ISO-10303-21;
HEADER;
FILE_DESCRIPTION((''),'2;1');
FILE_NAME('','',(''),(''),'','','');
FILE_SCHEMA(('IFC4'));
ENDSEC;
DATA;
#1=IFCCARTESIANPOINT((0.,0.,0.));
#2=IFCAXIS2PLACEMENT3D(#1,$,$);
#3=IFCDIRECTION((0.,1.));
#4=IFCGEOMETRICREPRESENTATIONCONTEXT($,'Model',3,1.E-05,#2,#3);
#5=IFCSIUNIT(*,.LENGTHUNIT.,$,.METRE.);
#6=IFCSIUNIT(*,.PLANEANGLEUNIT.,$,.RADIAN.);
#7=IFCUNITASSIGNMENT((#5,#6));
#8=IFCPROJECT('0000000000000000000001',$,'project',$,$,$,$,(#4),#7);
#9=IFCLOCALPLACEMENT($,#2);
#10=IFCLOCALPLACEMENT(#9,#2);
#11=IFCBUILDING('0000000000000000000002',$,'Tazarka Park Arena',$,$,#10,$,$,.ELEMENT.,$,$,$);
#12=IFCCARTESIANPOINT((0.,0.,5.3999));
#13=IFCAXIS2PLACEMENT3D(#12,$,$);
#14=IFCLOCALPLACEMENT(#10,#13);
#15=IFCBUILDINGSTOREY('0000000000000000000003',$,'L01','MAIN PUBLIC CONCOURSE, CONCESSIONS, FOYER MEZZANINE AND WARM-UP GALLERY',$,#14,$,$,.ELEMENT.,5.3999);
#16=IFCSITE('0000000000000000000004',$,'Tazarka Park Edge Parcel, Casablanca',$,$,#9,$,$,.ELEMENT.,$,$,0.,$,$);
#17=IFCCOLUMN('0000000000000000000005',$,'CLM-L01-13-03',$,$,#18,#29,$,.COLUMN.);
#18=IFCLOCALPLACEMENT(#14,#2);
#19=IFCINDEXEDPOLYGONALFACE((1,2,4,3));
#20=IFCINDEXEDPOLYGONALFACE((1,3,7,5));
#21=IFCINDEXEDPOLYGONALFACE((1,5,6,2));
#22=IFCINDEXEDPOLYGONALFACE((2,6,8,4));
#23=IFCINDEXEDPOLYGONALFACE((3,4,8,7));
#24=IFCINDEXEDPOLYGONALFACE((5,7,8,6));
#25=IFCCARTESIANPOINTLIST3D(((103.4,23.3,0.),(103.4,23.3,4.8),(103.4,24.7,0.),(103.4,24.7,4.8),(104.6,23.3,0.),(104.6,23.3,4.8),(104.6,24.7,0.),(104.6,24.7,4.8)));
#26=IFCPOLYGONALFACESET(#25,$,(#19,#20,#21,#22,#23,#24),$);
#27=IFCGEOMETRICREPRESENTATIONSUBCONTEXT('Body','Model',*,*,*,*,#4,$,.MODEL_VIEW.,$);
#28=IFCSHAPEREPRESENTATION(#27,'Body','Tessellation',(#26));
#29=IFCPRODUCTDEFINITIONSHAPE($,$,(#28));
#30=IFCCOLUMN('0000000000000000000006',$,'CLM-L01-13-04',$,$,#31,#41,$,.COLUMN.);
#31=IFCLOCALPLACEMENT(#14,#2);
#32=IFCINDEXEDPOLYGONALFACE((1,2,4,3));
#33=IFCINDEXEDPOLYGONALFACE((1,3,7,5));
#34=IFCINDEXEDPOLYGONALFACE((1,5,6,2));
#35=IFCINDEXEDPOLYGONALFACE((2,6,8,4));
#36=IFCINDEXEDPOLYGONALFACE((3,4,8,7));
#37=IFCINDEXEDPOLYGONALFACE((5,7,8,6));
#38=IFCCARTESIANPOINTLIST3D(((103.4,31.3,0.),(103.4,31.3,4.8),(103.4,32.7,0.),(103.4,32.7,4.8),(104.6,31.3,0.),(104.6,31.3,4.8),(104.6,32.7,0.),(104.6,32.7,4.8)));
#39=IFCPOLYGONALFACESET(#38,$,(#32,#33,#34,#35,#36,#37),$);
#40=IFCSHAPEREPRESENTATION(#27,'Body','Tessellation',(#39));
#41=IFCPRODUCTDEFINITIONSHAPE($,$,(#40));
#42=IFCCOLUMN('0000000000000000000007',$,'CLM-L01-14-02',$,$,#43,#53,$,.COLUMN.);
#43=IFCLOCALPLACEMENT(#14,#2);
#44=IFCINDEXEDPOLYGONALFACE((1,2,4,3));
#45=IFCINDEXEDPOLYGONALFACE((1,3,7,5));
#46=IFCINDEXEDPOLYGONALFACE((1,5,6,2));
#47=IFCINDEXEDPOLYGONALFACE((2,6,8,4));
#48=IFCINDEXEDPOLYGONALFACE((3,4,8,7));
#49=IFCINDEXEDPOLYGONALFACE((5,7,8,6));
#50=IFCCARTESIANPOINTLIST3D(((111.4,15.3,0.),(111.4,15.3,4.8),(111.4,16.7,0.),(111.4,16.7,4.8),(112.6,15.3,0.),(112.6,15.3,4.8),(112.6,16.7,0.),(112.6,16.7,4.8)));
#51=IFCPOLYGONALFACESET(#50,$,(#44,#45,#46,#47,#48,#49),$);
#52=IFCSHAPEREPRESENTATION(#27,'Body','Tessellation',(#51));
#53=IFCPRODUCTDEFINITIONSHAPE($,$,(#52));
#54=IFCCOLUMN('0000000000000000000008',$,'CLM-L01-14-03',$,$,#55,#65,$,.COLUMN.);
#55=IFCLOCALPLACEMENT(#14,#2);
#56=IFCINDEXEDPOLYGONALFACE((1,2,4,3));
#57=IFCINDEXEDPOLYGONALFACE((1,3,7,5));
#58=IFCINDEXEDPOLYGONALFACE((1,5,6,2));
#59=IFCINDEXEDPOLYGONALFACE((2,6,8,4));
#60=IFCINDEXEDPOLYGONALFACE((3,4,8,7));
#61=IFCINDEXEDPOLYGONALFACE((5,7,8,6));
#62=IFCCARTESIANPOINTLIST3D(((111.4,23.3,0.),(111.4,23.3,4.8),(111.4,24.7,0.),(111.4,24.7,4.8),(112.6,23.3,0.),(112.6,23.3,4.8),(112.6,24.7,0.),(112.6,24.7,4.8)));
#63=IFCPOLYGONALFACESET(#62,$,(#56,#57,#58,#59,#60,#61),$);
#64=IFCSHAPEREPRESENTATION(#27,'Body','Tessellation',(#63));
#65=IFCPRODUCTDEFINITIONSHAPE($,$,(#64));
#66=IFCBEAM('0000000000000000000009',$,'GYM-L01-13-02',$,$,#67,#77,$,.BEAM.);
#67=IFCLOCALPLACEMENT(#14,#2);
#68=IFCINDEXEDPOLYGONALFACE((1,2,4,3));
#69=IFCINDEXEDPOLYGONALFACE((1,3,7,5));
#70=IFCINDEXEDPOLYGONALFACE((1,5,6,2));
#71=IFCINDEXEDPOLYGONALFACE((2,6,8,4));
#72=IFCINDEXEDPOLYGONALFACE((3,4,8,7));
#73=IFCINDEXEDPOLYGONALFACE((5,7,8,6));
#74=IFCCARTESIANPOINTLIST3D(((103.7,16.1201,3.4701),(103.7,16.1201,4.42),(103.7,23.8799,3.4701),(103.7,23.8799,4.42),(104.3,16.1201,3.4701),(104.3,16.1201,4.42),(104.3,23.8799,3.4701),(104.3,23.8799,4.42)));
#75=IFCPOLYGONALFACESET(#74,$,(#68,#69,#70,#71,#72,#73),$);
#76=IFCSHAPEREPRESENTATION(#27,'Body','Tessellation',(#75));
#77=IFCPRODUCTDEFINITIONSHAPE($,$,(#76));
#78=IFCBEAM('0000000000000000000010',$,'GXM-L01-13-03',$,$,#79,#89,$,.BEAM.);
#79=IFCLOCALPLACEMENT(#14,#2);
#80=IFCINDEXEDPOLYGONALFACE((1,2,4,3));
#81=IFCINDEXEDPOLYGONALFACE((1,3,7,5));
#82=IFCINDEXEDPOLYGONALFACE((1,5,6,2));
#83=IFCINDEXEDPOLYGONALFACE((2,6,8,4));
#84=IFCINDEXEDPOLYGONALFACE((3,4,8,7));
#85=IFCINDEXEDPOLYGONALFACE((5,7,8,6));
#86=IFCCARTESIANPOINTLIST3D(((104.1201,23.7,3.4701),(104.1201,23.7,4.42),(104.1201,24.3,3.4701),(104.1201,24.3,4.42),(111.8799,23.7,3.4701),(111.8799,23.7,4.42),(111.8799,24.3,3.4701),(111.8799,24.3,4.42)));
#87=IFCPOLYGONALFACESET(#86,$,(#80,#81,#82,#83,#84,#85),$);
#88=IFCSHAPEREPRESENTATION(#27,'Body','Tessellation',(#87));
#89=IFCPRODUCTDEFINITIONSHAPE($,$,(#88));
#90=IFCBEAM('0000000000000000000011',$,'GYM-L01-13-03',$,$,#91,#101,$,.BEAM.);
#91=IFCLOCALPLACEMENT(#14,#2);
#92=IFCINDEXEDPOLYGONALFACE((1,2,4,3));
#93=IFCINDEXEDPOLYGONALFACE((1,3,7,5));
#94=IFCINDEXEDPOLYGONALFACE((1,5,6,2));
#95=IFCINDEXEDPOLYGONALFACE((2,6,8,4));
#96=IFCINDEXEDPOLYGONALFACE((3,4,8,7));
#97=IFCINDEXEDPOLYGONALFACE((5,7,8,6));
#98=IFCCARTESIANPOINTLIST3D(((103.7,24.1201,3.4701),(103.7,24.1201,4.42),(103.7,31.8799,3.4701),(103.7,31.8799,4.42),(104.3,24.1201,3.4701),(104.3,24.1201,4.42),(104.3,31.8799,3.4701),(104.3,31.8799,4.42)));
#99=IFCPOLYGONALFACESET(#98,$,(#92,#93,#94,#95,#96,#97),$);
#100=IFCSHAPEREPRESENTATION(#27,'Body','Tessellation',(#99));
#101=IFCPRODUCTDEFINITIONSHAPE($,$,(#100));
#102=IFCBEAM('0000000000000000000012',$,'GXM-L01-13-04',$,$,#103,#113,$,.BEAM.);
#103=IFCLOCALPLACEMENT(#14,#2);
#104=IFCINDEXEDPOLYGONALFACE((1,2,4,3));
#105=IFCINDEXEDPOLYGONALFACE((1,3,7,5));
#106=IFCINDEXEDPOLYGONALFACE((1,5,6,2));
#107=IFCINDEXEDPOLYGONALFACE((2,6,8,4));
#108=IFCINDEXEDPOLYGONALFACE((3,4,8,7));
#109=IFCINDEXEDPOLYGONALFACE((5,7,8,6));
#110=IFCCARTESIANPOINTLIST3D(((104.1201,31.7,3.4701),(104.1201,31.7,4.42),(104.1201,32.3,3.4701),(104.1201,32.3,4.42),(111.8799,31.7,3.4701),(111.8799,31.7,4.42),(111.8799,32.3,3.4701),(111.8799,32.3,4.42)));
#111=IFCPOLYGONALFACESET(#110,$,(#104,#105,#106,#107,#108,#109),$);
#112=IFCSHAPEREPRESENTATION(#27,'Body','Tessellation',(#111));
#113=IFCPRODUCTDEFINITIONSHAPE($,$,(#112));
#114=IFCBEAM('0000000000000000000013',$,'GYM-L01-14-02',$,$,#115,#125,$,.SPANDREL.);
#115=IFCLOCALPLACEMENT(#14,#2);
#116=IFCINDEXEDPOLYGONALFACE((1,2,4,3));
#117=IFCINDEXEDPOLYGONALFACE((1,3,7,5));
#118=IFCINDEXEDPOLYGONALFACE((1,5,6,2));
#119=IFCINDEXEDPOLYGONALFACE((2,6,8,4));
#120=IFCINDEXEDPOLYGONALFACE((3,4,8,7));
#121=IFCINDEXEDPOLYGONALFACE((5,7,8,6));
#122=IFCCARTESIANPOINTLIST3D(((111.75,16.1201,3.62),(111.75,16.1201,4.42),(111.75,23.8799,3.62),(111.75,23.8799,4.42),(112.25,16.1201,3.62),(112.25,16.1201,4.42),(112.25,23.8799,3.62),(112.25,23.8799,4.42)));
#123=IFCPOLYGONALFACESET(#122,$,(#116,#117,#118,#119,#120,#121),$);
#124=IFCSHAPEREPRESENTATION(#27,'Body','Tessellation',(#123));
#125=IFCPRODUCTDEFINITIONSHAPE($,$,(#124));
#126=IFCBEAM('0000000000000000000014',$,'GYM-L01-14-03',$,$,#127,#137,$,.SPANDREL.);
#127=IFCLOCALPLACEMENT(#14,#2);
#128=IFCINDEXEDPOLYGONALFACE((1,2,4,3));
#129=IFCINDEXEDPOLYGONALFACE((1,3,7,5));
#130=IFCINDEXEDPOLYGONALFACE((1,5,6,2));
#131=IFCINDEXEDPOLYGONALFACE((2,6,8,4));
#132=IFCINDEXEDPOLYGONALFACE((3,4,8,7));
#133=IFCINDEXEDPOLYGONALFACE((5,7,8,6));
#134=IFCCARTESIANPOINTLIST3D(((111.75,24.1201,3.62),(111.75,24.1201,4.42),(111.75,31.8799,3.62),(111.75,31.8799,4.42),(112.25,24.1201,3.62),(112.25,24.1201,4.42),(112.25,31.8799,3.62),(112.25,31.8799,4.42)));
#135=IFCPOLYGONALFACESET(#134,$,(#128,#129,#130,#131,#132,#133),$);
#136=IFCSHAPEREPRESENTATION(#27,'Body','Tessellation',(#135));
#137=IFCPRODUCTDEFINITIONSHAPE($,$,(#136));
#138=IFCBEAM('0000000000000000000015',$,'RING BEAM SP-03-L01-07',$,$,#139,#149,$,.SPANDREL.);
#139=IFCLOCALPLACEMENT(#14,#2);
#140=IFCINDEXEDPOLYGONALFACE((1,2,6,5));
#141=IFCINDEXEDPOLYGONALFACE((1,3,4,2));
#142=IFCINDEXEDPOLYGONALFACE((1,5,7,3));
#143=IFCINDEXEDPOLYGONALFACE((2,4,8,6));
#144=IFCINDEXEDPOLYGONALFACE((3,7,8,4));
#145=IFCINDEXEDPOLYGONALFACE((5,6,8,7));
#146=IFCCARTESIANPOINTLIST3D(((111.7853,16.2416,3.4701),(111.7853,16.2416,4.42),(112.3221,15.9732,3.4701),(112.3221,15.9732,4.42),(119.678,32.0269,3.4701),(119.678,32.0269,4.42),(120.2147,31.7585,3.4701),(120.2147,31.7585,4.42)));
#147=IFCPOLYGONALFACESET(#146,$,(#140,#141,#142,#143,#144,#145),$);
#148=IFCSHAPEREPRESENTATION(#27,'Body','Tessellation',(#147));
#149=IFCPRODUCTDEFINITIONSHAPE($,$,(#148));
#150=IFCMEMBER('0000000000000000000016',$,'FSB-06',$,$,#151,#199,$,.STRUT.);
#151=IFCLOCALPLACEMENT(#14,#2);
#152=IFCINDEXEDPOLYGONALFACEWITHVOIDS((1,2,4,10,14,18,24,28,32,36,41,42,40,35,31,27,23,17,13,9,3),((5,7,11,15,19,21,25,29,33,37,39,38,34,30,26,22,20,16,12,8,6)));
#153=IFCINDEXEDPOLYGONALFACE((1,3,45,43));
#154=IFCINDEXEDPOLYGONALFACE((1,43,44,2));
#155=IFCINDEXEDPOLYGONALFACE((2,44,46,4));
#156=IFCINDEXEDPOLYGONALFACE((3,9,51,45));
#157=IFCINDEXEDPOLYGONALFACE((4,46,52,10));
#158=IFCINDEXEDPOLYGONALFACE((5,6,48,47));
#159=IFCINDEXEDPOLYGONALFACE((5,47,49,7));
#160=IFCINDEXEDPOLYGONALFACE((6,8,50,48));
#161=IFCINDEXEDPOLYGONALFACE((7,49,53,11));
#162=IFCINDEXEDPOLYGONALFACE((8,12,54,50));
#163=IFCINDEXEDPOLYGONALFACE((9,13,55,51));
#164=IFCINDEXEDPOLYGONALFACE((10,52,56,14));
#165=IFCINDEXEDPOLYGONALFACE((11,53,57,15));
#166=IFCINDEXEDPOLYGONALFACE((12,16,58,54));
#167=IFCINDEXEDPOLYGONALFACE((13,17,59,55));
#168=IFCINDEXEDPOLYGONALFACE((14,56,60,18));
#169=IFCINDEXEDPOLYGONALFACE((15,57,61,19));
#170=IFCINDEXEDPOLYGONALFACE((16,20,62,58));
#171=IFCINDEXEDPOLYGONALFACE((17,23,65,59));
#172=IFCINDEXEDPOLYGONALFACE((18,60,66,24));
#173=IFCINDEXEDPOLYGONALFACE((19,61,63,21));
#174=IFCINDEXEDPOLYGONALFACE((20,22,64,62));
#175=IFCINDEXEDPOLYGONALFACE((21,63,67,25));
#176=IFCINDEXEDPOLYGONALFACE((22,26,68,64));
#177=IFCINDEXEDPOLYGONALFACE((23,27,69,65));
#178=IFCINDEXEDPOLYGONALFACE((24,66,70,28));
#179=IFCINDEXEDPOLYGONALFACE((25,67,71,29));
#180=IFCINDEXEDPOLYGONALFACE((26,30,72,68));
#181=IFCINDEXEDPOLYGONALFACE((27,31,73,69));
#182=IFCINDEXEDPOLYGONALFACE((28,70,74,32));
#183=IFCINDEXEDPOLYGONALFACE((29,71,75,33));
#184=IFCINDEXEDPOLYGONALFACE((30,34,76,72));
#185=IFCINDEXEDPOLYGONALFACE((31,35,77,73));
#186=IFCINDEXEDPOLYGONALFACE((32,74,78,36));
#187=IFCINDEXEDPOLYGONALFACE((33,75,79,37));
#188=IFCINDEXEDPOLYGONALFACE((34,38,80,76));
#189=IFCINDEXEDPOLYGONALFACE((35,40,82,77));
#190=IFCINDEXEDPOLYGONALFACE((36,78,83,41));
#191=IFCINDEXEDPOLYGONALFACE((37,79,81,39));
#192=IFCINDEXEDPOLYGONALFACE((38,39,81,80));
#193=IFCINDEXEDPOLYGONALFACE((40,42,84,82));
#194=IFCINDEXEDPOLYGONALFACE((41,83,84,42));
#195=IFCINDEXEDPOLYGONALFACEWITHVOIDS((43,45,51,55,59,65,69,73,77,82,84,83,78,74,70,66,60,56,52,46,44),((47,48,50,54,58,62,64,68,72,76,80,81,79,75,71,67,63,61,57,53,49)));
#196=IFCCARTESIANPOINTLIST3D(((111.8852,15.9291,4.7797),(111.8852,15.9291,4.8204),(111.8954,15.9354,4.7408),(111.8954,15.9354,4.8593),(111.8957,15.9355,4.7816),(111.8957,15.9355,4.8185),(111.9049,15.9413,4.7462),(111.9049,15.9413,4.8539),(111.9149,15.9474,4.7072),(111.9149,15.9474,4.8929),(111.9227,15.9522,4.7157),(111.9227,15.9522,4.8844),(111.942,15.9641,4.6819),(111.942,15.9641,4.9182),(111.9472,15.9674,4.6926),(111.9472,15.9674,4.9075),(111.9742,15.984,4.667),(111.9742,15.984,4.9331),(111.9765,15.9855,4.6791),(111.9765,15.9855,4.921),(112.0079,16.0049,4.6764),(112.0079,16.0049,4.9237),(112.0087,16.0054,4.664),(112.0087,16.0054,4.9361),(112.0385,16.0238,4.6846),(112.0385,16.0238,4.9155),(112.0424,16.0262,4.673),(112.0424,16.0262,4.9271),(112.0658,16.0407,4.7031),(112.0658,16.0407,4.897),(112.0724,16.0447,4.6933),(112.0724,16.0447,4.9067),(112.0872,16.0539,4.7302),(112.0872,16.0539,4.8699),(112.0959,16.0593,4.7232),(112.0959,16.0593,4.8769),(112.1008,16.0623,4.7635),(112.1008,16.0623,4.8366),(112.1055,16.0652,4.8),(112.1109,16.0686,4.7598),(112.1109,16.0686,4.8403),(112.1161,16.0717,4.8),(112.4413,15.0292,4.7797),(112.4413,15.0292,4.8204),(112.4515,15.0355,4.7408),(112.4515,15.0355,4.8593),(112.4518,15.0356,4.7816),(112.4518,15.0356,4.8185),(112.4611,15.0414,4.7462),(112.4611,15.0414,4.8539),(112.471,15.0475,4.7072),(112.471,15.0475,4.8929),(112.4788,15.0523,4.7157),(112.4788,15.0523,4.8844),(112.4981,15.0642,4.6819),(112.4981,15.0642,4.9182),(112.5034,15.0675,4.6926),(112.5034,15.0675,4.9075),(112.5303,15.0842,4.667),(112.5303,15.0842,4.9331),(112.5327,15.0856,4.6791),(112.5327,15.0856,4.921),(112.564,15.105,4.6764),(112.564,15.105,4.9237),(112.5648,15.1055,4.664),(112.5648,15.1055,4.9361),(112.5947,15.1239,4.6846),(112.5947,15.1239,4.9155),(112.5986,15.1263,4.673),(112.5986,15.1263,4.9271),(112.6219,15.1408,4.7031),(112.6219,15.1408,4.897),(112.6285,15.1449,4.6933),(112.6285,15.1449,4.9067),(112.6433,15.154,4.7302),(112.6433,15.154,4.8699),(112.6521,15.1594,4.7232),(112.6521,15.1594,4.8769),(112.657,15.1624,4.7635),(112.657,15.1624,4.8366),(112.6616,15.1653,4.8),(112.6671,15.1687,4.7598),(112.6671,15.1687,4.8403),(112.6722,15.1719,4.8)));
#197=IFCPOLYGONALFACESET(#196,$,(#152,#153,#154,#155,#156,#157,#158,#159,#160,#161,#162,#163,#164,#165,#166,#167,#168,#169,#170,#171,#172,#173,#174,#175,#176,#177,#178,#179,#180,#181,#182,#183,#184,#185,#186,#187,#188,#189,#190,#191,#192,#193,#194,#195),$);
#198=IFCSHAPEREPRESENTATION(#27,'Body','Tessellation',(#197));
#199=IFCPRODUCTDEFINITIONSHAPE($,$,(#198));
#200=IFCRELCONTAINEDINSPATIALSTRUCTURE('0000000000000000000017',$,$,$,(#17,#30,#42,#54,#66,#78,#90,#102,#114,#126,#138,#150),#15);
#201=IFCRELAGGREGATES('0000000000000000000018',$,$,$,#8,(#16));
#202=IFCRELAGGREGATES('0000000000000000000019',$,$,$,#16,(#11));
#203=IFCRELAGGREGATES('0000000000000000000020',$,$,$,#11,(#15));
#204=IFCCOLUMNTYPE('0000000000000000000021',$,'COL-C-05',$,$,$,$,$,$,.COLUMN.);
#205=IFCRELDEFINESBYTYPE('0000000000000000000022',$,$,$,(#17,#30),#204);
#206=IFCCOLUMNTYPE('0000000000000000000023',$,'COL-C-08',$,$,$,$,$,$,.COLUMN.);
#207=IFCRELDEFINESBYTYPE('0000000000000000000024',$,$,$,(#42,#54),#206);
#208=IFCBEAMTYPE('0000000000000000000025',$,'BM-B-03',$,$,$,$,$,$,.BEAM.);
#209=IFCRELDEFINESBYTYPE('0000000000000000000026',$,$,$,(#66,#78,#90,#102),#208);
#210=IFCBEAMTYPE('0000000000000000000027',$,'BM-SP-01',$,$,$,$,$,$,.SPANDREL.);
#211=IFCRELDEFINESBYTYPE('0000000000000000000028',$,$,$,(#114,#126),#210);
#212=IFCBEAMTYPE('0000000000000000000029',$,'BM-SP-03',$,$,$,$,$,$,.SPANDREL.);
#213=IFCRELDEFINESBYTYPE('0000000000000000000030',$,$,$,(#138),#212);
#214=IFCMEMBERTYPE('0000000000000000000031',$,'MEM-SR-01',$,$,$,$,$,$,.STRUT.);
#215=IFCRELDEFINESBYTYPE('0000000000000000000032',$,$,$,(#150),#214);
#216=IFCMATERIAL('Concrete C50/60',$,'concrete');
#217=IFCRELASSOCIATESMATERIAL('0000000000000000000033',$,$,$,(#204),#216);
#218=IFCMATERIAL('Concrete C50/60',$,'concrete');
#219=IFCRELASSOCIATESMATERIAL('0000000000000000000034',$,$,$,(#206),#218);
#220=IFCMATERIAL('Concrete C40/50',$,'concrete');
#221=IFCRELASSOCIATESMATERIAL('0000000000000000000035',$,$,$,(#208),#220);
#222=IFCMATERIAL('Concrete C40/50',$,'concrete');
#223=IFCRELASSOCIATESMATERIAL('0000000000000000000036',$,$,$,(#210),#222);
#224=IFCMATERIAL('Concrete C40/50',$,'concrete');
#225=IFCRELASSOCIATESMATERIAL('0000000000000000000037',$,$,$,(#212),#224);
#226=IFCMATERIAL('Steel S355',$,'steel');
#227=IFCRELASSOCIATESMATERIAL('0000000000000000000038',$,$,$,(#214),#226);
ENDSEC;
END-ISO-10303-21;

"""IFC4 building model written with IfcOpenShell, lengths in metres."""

from ifc_helpers import new_model, si_unit, direction, frame, origin, origin_2d, place, context, subcontext, project, spatial, rectangle, hollow_circle, extrude, material, material_profile, profile_set, type_object, element, save


model = new_model("IFC4")

# Units and contexts
model_context = context("Model", 3, precision=1e-05, world=origin(), true_north=direction((0.0, 1.0)))
body_context = subcontext(model_context, "Body", "Model", "MODEL_VIEW")
ifc_project = project(units=[si_unit("LENGTHUNIT", "METRE"), si_unit("PLANEANGLEUNIT", "RADIAN")], contexts=[model_context])

# Site, building, storey
site_placement = place(None, origin())
site = spatial("IfcSite", under=ifc_project, at=site_placement, Name="Tazarka Park Edge Parcel, Casablanca", CompositionType="ELEMENT", RefElevation=0.0)
building_placement = place(site_placement, origin())
building = spatial("IfcBuilding", under=site, at=building_placement, Name="Tazarka Park Arena", CompositionType="ELEMENT")
storey_placement = place(building_placement, frame((0.0, 0.0, 5.3999)))
storey = spatial("IfcBuildingStorey", under=building, at=storey_placement, Name="L01", Description="MAIN PUBLIC CONCOURSE, CONCESSIONS, FOYER MEZZANINE AND WARM-UP GALLERY", CompositionType="ELEMENT", Elevation=5.3999)

# Columns
ifc_material_1 = material(Name="Concrete C50/60", Category="concrete")
ifc_material_profile_1 = material_profile(ifc_material_1, rectangle(XDim=1.2, YDim=1.3999, at=origin_2d()), Name="Concrete C50/60")
ifc_profile_set_1 = profile_set([ifc_material_profile_1], Name="Concrete C50/60")
column_type_1 = type_object("IfcColumnType", Name="COL-C-05", PredefinedType="COLUMN", material=ifc_profile_set_1)
for number, where, z_axis, x_axis, name in (
    (1, (104.0, 24.0, 0.0), (0.0, 0.0, 1.0), (1.0, 0.0, 0.0), "CLM-L01-13-03"),
    (2, (104.0, 32.0, 0.0), (0.0, 0.0, 1.0), (1.0, 0.0, 0.0), "CLM-L01-13-04"),
):
    element("IfcColumn", number, at=place(storey_placement, frame(where, z_axis=z_axis, x_axis=x_axis)), inside=storey, type_object=column_type_1, Name=name, PredefinedType="COLUMN", context=body_context, shape_type="SweptSolid", body=[
        extrude(rectangle(XDim=1.2, YDim=1.3999, at=origin_2d()), origin(), (0.0, 0.0, 1.0), 4.8),
    ])
ifc_material_2 = material(Name="Concrete C50/60", Category="concrete")
ifc_material_profile_2 = material_profile(ifc_material_2, rectangle(XDim=1.2, YDim=1.3999, at=origin_2d()), Name="Concrete C50/60")
ifc_profile_set_2 = profile_set([ifc_material_profile_2], Name="Concrete C50/60")
column_type_2 = type_object("IfcColumnType", Name="COL-C-08", PredefinedType="COLUMN", material=ifc_profile_set_2)
for number, where, z_axis, x_axis, name in (
    (3, (112.0, 16.0, 0.0), (0.0, 0.0, 1.0), (1.0, 0.0, 0.0), "CLM-L01-14-02"),
    (4, (112.0, 24.0, 0.0), (0.0, 0.0, 1.0), (1.0, 0.0, 0.0), "CLM-L01-14-03"),
):
    element("IfcColumn", number, at=place(storey_placement, frame(where, z_axis=z_axis, x_axis=x_axis)), inside=storey, type_object=column_type_2, Name=name, PredefinedType="COLUMN", context=body_context, shape_type="SweptSolid", body=[
        extrude(rectangle(XDim=1.2, YDim=1.3999, at=origin_2d()), origin(), (0.0, 0.0, 1.0), 4.8),
    ])

# Beams
ifc_material_3 = material(Name="Concrete C40/50", Category="concrete")
ifc_material_profile_3 = material_profile(ifc_material_3, rectangle(XDim=0.6001, YDim=0.95, at=origin_2d()), Name="Concrete C40/50")
ifc_profile_set_3 = profile_set([ifc_material_profile_3], Name="Concrete C40/50")
beam_type_1 = type_object("IfcBeamType", Name="BM-B-03", PredefinedType="BEAM", material=ifc_profile_set_3)
for number, where, z_axis, x_axis, name in (
    (5, (104.0, 16.1201, 3.9451), (0.0, 1.0, 0.0), (-1.0, 0.0, 0.0), "GYM-L01-13-02"),
    (6, (104.1201, 24.0, 3.9451), (1.0, 0.0, 0.0), (0.0, 1.0, 0.0), "GXM-L01-13-03"),
    (7, (104.0, 24.1201, 3.9451), (0.0, 1.0, 0.0), (-1.0, 0.0, 0.0), "GYM-L01-13-03"),
    (8, (104.1201, 32.0, 3.9451), (1.0, 0.0, 0.0), (0.0, 1.0, 0.0), "GXM-L01-13-04"),
):
    element("IfcBeam", number, at=place(storey_placement, frame(where, z_axis=z_axis, x_axis=x_axis)), inside=storey, type_object=beam_type_1, Name=name, PredefinedType="BEAM", context=body_context, shape_type="SweptSolid", body=[
        extrude(rectangle(XDim=0.6001, YDim=0.95, at=origin_2d()), origin(), (0.0, 0.0, 1.0), 7.7598),
    ])
ifc_material_4 = material(Name="Concrete C40/50", Category="concrete")
ifc_material_profile_4 = material_profile(ifc_material_4, rectangle(XDim=0.5, YDim=0.8, at=origin_2d()), Name="Concrete C40/50")
ifc_profile_set_4 = profile_set([ifc_material_profile_4], Name="Concrete C40/50")
beam_type_2 = type_object("IfcBeamType", Name="BM-SP-01", PredefinedType="SPANDREL", material=ifc_profile_set_4)
for number, where, z_axis, x_axis, name in (
    (9, (112.0, 16.1201, 4.02), (0.0, 1.0, 0.0), (-1.0, 0.0, 0.0), "GYM-L01-14-02"),
    (10, (112.0, 24.1201, 4.02), (0.0, 1.0, 0.0), (-1.0, 0.0, 0.0), "GYM-L01-14-03"),
):
    element("IfcBeam", number, at=place(storey_placement, frame(where, z_axis=z_axis, x_axis=x_axis)), inside=storey, type_object=beam_type_2, Name=name, PredefinedType="SPANDREL", context=body_context, shape_type="SweptSolid", body=[
        extrude(rectangle(XDim=0.5, YDim=0.8, at=origin_2d()), origin(), (0.0, 0.0, 1.0), 7.7598),
    ])
ifc_material_5 = material(Name="Concrete C40/50", Category="concrete")
ifc_material_profile_5 = material_profile(ifc_material_5, rectangle(XDim=0.6001, YDim=0.95, at=origin_2d()), Name="Concrete C40/50")
ifc_profile_set_5 = profile_set([ifc_material_profile_5], Name="Concrete C40/50")
beam_type_3 = type_object("IfcBeamType", Name="BM-SP-03", PredefinedType="SPANDREL", material=ifc_profile_set_5)
beam_placement = place(storey_placement, frame((112.0537, 16.1074, 3.9451), z_axis=(0.447214, 0.894427, 0.0), x_axis=(-0.894427, 0.447214, 0.0)))
element("IfcBeam", 11, at=beam_placement, inside=storey, type_object=beam_type_3, Name="RING BEAM SP-03-L01-07", PredefinedType="SPANDREL", context=body_context, shape_type="SweptSolid", body=[
    extrude(rectangle(XDim=0.6001, YDim=0.95, at=origin_2d()), origin(), (0.0, 0.0, 1.0), 17.6484),
])

# Member
ifc_material_6 = material(Name="Steel S355", Category="steel")
ifc_material_profile_6 = material_profile(ifc_material_6, hollow_circle(Radius=0.1365, WallThickness=0.0125, at=origin_2d()), Name="Steel S355")
ifc_profile_set_6 = profile_set([ifc_material_profile_6], Name="Steel S355")
member_type = type_object("IfcMemberType", Name="MEM-SR-01", PredefinedType="STRUT", material=ifc_profile_set_6)
member_placement = place(storey_placement, frame((112.0, 16.0, 4.8), z_axis=(0.525719, -0.850658, 0.0), x_axis=(0.850658, 0.525719, 0.0)))
element("IfcMember", 12, at=member_placement, inside=storey, type_object=member_type, Name="FSB-06", PredefinedType="STRUT", context=body_context, shape_type="SweptSolid", body=[
    extrude(hollow_circle(Radius=0.1365, WallThickness=0.0125, at=origin_2d()), origin(), (0.0, 0.0, 1.0), 1.0579),
])

save(model, "model.ifc")
